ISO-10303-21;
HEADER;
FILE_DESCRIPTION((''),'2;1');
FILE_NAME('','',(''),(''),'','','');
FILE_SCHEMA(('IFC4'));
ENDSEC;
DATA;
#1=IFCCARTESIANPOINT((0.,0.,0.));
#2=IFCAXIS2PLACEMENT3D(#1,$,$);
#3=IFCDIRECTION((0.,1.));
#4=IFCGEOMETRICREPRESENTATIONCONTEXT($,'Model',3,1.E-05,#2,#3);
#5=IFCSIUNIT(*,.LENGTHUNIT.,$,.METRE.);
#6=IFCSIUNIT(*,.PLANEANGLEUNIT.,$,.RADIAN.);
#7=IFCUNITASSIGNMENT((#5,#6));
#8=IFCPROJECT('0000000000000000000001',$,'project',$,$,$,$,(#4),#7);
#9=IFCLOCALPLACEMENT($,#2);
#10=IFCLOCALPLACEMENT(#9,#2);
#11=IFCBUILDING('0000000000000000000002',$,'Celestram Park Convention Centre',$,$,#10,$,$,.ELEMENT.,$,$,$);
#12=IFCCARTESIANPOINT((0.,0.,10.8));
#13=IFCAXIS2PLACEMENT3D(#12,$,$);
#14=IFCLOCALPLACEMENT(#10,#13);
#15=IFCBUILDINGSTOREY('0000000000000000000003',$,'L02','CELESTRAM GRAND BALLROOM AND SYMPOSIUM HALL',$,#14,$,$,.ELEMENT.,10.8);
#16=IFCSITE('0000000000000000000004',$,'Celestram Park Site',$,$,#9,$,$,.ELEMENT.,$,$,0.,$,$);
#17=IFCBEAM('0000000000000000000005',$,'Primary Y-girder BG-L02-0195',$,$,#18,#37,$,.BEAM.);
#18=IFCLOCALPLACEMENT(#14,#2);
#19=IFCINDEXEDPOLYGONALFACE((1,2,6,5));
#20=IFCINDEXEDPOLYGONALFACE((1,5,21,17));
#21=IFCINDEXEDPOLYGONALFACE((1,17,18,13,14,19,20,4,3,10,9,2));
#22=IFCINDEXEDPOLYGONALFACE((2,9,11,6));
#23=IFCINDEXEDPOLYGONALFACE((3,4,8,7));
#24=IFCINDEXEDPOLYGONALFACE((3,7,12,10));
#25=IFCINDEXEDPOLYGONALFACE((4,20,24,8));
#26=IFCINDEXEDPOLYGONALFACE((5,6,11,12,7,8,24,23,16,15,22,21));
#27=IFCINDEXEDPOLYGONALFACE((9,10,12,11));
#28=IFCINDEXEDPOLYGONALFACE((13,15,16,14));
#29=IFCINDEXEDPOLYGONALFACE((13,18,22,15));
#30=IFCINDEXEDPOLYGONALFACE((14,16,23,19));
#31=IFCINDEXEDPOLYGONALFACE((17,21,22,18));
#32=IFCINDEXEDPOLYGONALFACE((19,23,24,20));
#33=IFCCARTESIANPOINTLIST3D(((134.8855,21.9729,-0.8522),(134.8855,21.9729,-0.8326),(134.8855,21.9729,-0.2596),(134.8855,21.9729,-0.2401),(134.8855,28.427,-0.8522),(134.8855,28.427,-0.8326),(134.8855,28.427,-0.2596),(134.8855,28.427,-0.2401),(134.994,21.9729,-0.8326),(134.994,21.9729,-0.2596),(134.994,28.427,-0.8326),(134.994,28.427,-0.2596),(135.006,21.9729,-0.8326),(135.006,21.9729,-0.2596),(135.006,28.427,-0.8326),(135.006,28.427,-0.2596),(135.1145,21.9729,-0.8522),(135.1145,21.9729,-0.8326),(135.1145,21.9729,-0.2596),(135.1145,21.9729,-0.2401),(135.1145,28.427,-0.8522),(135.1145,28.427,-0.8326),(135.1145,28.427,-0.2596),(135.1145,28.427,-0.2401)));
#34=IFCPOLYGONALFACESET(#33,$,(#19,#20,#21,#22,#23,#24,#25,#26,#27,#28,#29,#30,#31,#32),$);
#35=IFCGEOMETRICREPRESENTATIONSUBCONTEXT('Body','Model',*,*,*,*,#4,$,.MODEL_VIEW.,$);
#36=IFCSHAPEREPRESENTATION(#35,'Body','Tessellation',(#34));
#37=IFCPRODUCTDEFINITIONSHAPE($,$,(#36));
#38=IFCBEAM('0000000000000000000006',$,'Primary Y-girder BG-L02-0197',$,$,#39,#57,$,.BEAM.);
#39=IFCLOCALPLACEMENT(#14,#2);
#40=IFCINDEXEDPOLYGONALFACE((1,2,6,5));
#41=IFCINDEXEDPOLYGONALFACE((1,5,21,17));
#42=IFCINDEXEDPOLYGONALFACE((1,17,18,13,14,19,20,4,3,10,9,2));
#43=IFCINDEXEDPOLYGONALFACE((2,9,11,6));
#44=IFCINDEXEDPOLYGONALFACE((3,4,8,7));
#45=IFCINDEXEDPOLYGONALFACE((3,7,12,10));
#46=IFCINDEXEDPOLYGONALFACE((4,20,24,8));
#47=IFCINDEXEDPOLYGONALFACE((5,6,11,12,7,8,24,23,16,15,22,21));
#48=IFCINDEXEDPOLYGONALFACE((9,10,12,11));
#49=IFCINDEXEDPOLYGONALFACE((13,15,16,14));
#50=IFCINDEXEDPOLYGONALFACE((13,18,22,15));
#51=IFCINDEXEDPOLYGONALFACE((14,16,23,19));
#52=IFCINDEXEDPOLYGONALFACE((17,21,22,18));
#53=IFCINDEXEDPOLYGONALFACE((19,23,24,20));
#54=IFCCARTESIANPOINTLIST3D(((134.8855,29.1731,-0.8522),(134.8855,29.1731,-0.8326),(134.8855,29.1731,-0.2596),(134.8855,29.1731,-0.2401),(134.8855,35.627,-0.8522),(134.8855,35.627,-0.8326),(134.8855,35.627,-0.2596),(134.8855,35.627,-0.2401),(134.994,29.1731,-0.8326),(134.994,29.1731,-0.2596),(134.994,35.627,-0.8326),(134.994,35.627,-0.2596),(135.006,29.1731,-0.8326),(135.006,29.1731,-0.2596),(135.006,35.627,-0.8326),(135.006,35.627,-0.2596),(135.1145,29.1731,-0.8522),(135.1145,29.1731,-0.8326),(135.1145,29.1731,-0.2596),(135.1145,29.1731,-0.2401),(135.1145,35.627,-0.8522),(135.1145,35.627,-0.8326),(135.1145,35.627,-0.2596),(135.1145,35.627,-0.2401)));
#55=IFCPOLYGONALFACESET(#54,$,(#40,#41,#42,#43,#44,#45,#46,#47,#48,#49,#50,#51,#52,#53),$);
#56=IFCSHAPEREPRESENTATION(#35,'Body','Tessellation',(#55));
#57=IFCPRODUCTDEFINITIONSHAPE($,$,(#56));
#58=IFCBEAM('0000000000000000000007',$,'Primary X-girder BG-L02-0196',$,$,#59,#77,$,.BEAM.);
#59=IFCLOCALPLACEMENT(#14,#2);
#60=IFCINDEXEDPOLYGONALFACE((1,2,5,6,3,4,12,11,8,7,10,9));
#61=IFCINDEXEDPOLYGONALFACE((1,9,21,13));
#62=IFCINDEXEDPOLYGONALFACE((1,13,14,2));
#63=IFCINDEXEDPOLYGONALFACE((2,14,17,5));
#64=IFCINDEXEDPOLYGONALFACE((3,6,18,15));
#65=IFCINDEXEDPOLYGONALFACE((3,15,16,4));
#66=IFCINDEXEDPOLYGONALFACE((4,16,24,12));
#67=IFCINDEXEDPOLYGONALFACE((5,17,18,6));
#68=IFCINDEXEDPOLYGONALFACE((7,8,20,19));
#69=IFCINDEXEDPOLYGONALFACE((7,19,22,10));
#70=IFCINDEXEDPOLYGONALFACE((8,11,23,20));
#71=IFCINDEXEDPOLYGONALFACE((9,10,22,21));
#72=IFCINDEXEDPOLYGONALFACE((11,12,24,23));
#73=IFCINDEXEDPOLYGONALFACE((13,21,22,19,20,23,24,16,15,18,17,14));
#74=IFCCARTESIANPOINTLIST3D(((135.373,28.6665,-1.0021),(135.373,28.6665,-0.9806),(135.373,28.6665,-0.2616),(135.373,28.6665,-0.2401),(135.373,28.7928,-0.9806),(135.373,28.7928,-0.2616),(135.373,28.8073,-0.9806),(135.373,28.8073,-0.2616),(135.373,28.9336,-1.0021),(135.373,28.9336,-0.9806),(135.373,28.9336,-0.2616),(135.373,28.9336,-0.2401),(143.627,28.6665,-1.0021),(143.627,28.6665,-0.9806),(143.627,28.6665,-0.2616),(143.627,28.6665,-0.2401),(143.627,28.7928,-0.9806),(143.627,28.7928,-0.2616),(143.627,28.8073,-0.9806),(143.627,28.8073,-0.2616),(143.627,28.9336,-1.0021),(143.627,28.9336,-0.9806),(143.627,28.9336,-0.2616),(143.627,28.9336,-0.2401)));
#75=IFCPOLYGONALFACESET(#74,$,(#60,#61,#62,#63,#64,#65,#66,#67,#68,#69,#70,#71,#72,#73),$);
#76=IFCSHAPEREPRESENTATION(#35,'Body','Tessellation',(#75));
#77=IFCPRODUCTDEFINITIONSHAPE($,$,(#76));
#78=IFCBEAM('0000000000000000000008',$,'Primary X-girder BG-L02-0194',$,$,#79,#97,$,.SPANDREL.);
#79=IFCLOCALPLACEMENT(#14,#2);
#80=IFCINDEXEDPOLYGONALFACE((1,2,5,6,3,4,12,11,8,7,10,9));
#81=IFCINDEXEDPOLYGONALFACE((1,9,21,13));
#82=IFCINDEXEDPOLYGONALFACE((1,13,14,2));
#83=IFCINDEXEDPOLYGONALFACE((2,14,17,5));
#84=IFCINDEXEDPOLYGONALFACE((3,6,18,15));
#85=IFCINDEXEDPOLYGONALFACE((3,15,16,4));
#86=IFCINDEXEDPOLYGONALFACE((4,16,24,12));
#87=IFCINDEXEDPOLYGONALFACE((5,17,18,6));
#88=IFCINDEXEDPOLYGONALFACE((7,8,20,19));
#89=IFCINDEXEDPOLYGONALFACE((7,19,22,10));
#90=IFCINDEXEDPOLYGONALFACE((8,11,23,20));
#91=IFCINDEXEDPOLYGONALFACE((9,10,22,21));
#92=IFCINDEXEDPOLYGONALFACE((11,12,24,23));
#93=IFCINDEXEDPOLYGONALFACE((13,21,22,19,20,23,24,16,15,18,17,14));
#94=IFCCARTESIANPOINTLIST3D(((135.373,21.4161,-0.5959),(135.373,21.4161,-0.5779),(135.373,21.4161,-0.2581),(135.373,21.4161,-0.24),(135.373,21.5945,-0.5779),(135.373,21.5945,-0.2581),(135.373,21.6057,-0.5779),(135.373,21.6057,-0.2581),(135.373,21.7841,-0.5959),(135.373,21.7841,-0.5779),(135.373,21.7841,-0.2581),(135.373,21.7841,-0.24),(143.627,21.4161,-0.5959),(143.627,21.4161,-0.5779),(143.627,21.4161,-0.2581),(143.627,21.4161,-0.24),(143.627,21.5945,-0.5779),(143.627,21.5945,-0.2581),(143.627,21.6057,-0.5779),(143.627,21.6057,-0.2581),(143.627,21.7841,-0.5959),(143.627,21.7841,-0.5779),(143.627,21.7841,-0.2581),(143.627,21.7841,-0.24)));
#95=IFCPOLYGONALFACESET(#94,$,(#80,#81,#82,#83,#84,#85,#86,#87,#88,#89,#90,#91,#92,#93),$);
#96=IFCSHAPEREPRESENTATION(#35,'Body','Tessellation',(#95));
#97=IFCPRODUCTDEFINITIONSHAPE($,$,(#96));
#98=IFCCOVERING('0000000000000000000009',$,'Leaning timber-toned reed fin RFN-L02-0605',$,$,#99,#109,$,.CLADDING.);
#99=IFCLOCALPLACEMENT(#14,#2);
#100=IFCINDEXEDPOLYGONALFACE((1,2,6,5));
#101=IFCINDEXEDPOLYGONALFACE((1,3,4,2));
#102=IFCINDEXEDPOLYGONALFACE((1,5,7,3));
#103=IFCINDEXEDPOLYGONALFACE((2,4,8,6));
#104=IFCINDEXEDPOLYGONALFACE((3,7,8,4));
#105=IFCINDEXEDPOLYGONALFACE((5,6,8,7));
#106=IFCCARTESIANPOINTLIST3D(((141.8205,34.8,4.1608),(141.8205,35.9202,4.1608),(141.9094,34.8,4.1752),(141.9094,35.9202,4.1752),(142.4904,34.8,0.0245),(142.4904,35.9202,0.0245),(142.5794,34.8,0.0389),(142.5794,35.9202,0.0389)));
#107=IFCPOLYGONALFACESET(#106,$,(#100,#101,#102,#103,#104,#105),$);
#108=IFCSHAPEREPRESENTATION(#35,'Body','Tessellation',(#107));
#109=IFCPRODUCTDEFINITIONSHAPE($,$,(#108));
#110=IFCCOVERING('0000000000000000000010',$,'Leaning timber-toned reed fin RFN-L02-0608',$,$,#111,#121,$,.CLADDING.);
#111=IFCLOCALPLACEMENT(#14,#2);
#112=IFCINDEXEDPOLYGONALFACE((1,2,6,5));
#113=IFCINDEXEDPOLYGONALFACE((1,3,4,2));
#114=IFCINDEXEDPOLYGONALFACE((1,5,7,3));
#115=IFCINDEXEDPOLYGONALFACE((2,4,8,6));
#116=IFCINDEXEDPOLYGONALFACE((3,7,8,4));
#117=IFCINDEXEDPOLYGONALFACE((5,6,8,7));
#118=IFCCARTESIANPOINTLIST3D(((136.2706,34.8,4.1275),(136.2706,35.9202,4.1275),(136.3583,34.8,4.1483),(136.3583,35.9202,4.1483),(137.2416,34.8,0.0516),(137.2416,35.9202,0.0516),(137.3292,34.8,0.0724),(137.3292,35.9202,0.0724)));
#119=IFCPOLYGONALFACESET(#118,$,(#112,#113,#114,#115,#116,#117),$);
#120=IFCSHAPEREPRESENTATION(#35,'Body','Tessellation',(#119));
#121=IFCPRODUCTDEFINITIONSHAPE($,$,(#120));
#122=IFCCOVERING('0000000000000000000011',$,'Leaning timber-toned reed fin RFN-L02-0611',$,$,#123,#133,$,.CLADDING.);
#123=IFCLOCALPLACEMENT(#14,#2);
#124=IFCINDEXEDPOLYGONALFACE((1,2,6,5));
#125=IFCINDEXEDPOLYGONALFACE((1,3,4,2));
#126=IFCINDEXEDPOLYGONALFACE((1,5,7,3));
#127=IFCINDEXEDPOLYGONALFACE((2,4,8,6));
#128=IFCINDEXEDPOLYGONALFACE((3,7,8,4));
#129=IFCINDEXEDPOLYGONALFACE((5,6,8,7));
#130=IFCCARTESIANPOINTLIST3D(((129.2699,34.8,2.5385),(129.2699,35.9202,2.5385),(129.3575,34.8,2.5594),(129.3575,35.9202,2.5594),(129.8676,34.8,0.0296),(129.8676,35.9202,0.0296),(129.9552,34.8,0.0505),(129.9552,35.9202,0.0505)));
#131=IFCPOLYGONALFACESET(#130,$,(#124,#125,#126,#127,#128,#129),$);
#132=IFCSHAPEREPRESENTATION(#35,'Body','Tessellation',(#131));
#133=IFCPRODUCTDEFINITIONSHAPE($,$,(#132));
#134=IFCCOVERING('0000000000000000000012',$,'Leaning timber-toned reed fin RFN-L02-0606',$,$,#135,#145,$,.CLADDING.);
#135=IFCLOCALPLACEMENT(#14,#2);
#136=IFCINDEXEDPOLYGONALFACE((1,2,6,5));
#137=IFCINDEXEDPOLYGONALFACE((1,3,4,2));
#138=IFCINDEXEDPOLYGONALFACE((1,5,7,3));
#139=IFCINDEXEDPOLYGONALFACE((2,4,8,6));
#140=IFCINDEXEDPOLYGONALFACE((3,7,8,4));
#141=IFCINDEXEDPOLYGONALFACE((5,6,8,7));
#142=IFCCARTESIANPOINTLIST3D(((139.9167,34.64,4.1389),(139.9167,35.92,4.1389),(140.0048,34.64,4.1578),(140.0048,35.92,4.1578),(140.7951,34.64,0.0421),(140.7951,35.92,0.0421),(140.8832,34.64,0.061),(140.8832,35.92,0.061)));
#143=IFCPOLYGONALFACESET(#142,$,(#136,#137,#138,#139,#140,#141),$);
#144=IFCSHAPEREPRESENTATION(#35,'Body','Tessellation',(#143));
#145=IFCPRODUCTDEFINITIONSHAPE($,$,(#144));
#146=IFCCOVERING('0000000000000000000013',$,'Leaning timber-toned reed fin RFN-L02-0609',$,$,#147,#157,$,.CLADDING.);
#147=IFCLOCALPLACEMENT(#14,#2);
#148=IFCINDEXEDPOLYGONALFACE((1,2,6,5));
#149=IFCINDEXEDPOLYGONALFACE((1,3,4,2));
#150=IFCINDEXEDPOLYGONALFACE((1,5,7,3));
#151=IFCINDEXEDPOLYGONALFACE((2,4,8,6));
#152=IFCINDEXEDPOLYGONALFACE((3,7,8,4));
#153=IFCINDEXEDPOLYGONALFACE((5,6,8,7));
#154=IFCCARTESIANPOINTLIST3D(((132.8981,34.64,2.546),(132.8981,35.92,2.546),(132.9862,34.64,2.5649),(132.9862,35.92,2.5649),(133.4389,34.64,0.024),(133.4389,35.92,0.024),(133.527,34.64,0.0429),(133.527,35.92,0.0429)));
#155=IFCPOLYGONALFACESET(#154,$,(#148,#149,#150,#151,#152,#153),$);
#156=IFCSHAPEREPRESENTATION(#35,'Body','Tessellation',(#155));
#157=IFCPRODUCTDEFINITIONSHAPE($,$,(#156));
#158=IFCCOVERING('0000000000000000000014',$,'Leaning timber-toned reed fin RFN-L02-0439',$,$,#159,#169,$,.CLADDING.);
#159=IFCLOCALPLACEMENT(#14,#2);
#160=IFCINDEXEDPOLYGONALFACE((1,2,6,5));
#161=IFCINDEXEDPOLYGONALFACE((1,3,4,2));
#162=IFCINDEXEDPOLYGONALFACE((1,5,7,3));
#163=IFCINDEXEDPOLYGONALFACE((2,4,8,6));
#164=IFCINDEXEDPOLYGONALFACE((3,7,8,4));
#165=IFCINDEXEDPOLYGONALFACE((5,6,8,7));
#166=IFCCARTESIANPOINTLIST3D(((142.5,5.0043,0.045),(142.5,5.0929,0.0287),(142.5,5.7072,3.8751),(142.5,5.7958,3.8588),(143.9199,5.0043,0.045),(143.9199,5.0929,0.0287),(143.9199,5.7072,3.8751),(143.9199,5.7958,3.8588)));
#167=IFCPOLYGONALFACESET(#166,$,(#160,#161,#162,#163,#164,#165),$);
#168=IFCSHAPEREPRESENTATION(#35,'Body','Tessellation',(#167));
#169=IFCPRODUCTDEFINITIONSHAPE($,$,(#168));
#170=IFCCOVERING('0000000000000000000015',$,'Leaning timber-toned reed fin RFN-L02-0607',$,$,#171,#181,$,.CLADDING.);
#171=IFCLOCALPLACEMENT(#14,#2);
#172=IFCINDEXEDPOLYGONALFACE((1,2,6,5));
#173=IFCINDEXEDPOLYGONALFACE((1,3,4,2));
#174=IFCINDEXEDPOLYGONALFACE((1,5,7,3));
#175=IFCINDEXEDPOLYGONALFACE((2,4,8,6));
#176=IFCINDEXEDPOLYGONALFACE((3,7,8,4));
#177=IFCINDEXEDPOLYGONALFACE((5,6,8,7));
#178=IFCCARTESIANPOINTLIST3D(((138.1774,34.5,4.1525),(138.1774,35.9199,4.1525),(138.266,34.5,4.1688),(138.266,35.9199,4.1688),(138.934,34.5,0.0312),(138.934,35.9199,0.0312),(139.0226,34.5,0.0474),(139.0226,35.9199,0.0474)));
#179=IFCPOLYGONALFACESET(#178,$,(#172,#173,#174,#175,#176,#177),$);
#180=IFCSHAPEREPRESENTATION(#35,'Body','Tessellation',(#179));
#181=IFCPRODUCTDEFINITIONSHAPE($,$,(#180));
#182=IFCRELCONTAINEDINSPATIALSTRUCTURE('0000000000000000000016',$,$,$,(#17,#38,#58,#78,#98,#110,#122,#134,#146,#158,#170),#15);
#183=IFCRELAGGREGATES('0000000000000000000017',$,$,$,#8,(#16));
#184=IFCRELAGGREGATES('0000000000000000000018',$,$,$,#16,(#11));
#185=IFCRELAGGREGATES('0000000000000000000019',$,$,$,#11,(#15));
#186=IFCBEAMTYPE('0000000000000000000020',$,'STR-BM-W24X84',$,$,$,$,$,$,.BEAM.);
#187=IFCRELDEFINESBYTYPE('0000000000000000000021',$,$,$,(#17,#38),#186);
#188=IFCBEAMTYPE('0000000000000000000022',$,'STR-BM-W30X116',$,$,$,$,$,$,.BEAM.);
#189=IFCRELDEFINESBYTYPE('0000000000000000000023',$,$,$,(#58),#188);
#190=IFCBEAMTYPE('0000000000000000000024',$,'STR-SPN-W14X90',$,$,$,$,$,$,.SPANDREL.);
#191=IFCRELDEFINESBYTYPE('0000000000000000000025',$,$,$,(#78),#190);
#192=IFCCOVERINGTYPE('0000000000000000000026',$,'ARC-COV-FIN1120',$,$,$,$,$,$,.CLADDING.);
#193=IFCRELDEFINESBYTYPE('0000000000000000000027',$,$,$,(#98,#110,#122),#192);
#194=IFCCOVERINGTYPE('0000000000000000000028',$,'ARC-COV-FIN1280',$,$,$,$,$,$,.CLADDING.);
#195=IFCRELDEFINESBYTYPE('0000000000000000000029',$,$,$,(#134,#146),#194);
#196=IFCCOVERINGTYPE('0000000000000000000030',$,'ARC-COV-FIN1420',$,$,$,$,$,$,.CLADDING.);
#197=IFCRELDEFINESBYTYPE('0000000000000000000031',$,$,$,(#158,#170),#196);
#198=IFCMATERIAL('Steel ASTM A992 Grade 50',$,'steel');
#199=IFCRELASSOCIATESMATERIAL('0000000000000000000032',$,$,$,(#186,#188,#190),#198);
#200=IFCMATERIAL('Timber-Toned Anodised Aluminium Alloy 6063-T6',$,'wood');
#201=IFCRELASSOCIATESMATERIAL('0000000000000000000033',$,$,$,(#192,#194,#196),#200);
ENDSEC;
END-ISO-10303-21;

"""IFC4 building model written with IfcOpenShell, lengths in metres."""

from ifc_helpers import new_model, si_unit, direction, frame, origin, origin_2d, place, context, subcontext, project, spatial, rectangle, i_section, extrude, material, material_profile, profile_set, type_object, element, save


model = new_model("IFC4")

# Units and contexts
model_context = context("Model", 3, precision=1e-05, world=origin(), true_north=direction((0.0, 1.0)))
body_context = subcontext(model_context, "Body", "Model", "MODEL_VIEW")
ifc_project = project(units=[si_unit("LENGTHUNIT", "METRE"), si_unit("PLANEANGLEUNIT", "RADIAN")], contexts=[model_context])

# Site, building, storey
site_placement = place(None, origin())
site = spatial("IfcSite", under=ifc_project, at=site_placement, Name="Celestram Park Site", CompositionType="ELEMENT", RefElevation=0.0)
building_placement = place(site_placement, origin())
building = spatial("IfcBuilding", under=site, at=building_placement, Name="Celestram Park Convention Centre", CompositionType="ELEMENT")
storey_placement = place(building_placement, frame((0.0, 0.0, 10.8)))
storey = spatial("IfcBuildingStorey", under=building, at=storey_placement, Name="L02", Description="CELESTRAM GRAND BALLROOM AND SYMPOSIUM HALL", CompositionType="ELEMENT", Elevation=10.8)

# Beams
ifc_material_1 = material(Name="Steel ASTM A992 Grade 50", Category="steel")
ifc_material_profile_1 = material_profile(ifc_material_1, i_section(OverallWidth=0.229, OverallDepth=0.6121, WebThickness=0.012, FlangeThickness=0.0195, at=origin_2d()), Name="W24X84")
ifc_profile_set_1 = profile_set([ifc_material_profile_1], Name="Steel ASTM A992 Grade 50")
beam_type_1 = type_object("IfcBeamType", Name="STR-BM-W24X84", PredefinedType="BEAM", material=ifc_profile_set_1)
beam_1_placement = place(storey_placement, frame((135.0, 21.9729, -0.5461), z_axis=(0.0, 1.0, 0.0), x_axis=(-1.0, 0.0, 0.0)))
element("IfcBeam", 1, at=beam_1_placement, inside=storey, type_object=beam_type_1, Name="Primary Y-girder BG-L02-0195", PredefinedType="BEAM", context=body_context, shape_type="SweptSolid", body=[
    extrude(i_section(OverallWidth=0.229, OverallDepth=0.6121, WebThickness=0.012, FlangeThickness=0.0195, at=origin_2d()), origin(), (0.0, 0.0, 1.0), 6.4541),
])
beam_2_placement = place(storey_placement, frame((135.0, 29.1731, -0.5461), z_axis=(0.0, 1.0, 0.0), x_axis=(-1.0, 0.0, 0.0)))
element("IfcBeam", 2, at=beam_2_placement, inside=storey, type_object=beam_type_1, Name="Primary Y-girder BG-L02-0197", PredefinedType="BEAM", context=body_context, shape_type="SweptSolid", body=[
    extrude(i_section(OverallWidth=0.229, OverallDepth=0.6121, WebThickness=0.012, FlangeThickness=0.0195, at=origin_2d()), origin(), (0.0, 0.0, 1.0), 6.4539),
])
ifc_material_profile_2 = material_profile(ifc_material_1, i_section(OverallWidth=0.2671, OverallDepth=0.762, WebThickness=0.0144, FlangeThickness=0.0215, at=origin_2d()), Name="W30X116")
ifc_profile_set_2 = profile_set([ifc_material_profile_2], Name="Steel ASTM A992 Grade 50")
beam_type_2 = type_object("IfcBeamType", Name="STR-BM-W30X116", PredefinedType="BEAM", material=ifc_profile_set_2)
beam_3_placement = place(storey_placement, frame((135.373, 28.8, -0.6211), z_axis=(1.0, 0.0, 0.0), x_axis=(0.0, 1.0, 0.0)))
element("IfcBeam", 3, at=beam_3_placement, inside=storey, type_object=beam_type_2, Name="Primary X-girder BG-L02-0196", PredefinedType="BEAM", context=body_context, shape_type="SweptSolid", body=[
    extrude(i_section(OverallWidth=0.2671, OverallDepth=0.762, WebThickness=0.0144, FlangeThickness=0.0215, at=origin_2d()), origin(), (0.0, 0.0, 1.0), 8.2539),
])
ifc_material_profile_3 = material_profile(ifc_material_1, i_section(OverallWidth=0.3679, OverallDepth=0.356, WebThickness=0.0112, FlangeThickness=0.0181, at=origin_2d()), Name="W14X90")
ifc_profile_set_3 = profile_set([ifc_material_profile_3], Name="Steel ASTM A992 Grade 50")
beam_type_3 = type_object("IfcBeamType", Name="STR-SPN-W14X90", PredefinedType="SPANDREL", material=ifc_profile_set_3)
beam_4_placement = place(storey_placement, frame((135.373, 21.6001, -0.418), z_axis=(1.0, 0.0, 0.0), x_axis=(0.0, 1.0, 0.0)))
element("IfcBeam", 4, at=beam_4_placement, inside=storey, type_object=beam_type_3, Name="Primary X-girder BG-L02-0194", PredefinedType="SPANDREL", context=body_context, shape_type="SweptSolid", body=[
    extrude(i_section(OverallWidth=0.3679, OverallDepth=0.356, WebThickness=0.0112, FlangeThickness=0.0181, at=origin_2d()), origin(), (0.0, 0.0, 1.0), 8.2539),
])

# Coverings
ifc_material_2 = material(Name="Timber-Toned Anodised Aluminium Alloy 6063-T6", Category="wood")
ifc_material_profile_4 = material_profile(ifc_material_2, rectangle(XDim=1.1201, YDim=0.0901, at=origin_2d()), Name="REED1120X90")
ifc_profile_set_4 = profile_set([ifc_material_profile_4], Name="Timber-Toned Anodised Aluminium Alloy 6063-T6")
covering_type_1 = type_object("IfcCoveringType", Name="ARC-COV-FIN1120", PredefinedType="CLADDING", material=ifc_profile_set_4)
covering_1_placement = place(storey_placement, frame((142.5349, 35.3601, 0.0317), z_axis=(-0.159881, 0.0, 0.987136), x_axis=(0.0, -1.0, 0.0)))
element("IfcCovering", 5, at=covering_1_placement, inside=storey, type_object=covering_type_1, Name="Leaning timber-toned reed fin RFN-L02-0605", PredefinedType="CLADDING", context=body_context, shape_type="SweptSolid", body=[
    extrude(rectangle(XDim=1.1201, YDim=0.0901, at=origin_2d()), origin(), (0.0, 0.0, 1.0), 4.1902),
])
covering_2_placement = place(storey_placement, frame((137.2854, 35.3601, 0.062), z_axis=(-0.231731, 0.0, 0.97278), x_axis=(0.0, -1.0, 0.0)))
element("IfcCovering", 6, at=covering_2_placement, inside=storey, type_object=covering_type_1, Name="Leaning timber-toned reed fin RFN-L02-0608", PredefinedType="CLADDING", context=body_context, shape_type="SweptSolid", body=[
    extrude(rectangle(XDim=1.1201, YDim=0.0901, at=origin_2d()), origin(), (0.0, 0.0, 1.0), 4.1899),
])
covering_3_placement = place(storey_placement, frame((129.9114, 35.3601, 0.04), z_axis=(-0.23174, 0.0, 0.972778), x_axis=(0.0, -1.0, 0.0)))
element("IfcCovering", 7, at=covering_3_placement, inside=storey, type_object=covering_type_1, Name="Leaning timber-toned reed fin RFN-L02-0611", PredefinedType="CLADDING", context=body_context, shape_type="SweptSolid", body=[
    extrude(rectangle(XDim=1.1201, YDim=0.0901, at=origin_2d()), origin(), (0.0, 0.0, 1.0), 2.5791),
])
ifc_material_profile_5 = material_profile(ifc_material_2, rectangle(XDim=1.28, YDim=0.0901, at=origin_2d()), Name="REED1280X90")
ifc_profile_set_5 = profile_set([ifc_material_profile_5], Name="Timber-Toned Anodised Aluminium Alloy 6063-T6")
covering_type_2 = type_object("IfcCoveringType", Name="ARC-COV-FIN1280", PredefinedType="CLADDING", material=ifc_profile_set_5)
covering_4_placement = place(storey_placement, frame((140.8391, 35.28, 0.0515), z_axis=(-0.209644, 0.0, 0.977778), x_axis=(0.0, -1.0, 0.0)))
element("IfcCovering", 8, at=covering_4_placement, inside=storey, type_object=covering_type_2, Name="Leaning timber-toned reed fin RFN-L02-0606", PredefinedType="CLADDING", context=body_context, shape_type="SweptSolid", body=[
    extrude(rectangle(XDim=1.28, YDim=0.0901, at=origin_2d()), origin(), (0.0, 0.0, 1.0), 4.1899),
])
covering_5_placement = place(storey_placement, frame((133.4829, 35.28, 0.0334), z_axis=(-0.209658, 0.0, 0.977775), x_axis=(0.0, -1.0, 0.0)))
element("IfcCovering", 9, at=covering_5_placement, inside=storey, type_object=covering_type_2, Name="Leaning timber-toned reed fin RFN-L02-0609", PredefinedType="CLADDING", context=body_context, shape_type="SweptSolid", body=[
    extrude(rectangle(XDim=1.28, YDim=0.0901, at=origin_2d()), origin(), (0.0, 0.0, 1.0), 2.5793),
])
ifc_material_profile_6 = material_profile(ifc_material_2, rectangle(XDim=1.4199, YDim=0.0901, at=origin_2d()), Name="REED1420X90")
ifc_profile_set_6 = profile_set([ifc_material_profile_6], Name="Timber-Toned Anodised Aluminium Alloy 6063-T6")
covering_type_3 = type_object("IfcCoveringType", Name="ARC-COV-FIN1420", PredefinedType="CLADDING", material=ifc_profile_set_6)
covering_6_placement = place(storey_placement, frame((143.21, 5.0486, 0.0369), z_axis=(0.0, 0.180502, 0.983575), x_axis=(-1.0, 0.0, 0.0)))
element("IfcCovering", 10, at=covering_6_placement, inside=storey, type_object=covering_type_3, Name="Leaning timber-toned reed fin RFN-L02-0439", PredefinedType="CLADDING", context=body_context, shape_type="SweptSolid", body=[
    extrude(rectangle(XDim=1.4199, YDim=0.0901, at=origin_2d()), origin(), (0.0, 0.0, 1.0), 3.894),
])
covering_7_placement = place(storey_placement, frame((138.9783, 35.21, 0.0393), z_axis=(-0.180562, 0.0, 0.983564), x_axis=(0.0, -1.0, 0.0)))
element("IfcCovering", 11, at=covering_7_placement, inside=storey, type_object=covering_type_3, Name="Leaning timber-toned reed fin RFN-L02-0607", PredefinedType="CLADDING", context=body_context, shape_type="SweptSolid", body=[
    extrude(rectangle(XDim=1.4199, YDim=0.0901, at=origin_2d()), origin(), (0.0, 0.0, 1.0), 4.1902),
])

save(model, "model.ifc")
